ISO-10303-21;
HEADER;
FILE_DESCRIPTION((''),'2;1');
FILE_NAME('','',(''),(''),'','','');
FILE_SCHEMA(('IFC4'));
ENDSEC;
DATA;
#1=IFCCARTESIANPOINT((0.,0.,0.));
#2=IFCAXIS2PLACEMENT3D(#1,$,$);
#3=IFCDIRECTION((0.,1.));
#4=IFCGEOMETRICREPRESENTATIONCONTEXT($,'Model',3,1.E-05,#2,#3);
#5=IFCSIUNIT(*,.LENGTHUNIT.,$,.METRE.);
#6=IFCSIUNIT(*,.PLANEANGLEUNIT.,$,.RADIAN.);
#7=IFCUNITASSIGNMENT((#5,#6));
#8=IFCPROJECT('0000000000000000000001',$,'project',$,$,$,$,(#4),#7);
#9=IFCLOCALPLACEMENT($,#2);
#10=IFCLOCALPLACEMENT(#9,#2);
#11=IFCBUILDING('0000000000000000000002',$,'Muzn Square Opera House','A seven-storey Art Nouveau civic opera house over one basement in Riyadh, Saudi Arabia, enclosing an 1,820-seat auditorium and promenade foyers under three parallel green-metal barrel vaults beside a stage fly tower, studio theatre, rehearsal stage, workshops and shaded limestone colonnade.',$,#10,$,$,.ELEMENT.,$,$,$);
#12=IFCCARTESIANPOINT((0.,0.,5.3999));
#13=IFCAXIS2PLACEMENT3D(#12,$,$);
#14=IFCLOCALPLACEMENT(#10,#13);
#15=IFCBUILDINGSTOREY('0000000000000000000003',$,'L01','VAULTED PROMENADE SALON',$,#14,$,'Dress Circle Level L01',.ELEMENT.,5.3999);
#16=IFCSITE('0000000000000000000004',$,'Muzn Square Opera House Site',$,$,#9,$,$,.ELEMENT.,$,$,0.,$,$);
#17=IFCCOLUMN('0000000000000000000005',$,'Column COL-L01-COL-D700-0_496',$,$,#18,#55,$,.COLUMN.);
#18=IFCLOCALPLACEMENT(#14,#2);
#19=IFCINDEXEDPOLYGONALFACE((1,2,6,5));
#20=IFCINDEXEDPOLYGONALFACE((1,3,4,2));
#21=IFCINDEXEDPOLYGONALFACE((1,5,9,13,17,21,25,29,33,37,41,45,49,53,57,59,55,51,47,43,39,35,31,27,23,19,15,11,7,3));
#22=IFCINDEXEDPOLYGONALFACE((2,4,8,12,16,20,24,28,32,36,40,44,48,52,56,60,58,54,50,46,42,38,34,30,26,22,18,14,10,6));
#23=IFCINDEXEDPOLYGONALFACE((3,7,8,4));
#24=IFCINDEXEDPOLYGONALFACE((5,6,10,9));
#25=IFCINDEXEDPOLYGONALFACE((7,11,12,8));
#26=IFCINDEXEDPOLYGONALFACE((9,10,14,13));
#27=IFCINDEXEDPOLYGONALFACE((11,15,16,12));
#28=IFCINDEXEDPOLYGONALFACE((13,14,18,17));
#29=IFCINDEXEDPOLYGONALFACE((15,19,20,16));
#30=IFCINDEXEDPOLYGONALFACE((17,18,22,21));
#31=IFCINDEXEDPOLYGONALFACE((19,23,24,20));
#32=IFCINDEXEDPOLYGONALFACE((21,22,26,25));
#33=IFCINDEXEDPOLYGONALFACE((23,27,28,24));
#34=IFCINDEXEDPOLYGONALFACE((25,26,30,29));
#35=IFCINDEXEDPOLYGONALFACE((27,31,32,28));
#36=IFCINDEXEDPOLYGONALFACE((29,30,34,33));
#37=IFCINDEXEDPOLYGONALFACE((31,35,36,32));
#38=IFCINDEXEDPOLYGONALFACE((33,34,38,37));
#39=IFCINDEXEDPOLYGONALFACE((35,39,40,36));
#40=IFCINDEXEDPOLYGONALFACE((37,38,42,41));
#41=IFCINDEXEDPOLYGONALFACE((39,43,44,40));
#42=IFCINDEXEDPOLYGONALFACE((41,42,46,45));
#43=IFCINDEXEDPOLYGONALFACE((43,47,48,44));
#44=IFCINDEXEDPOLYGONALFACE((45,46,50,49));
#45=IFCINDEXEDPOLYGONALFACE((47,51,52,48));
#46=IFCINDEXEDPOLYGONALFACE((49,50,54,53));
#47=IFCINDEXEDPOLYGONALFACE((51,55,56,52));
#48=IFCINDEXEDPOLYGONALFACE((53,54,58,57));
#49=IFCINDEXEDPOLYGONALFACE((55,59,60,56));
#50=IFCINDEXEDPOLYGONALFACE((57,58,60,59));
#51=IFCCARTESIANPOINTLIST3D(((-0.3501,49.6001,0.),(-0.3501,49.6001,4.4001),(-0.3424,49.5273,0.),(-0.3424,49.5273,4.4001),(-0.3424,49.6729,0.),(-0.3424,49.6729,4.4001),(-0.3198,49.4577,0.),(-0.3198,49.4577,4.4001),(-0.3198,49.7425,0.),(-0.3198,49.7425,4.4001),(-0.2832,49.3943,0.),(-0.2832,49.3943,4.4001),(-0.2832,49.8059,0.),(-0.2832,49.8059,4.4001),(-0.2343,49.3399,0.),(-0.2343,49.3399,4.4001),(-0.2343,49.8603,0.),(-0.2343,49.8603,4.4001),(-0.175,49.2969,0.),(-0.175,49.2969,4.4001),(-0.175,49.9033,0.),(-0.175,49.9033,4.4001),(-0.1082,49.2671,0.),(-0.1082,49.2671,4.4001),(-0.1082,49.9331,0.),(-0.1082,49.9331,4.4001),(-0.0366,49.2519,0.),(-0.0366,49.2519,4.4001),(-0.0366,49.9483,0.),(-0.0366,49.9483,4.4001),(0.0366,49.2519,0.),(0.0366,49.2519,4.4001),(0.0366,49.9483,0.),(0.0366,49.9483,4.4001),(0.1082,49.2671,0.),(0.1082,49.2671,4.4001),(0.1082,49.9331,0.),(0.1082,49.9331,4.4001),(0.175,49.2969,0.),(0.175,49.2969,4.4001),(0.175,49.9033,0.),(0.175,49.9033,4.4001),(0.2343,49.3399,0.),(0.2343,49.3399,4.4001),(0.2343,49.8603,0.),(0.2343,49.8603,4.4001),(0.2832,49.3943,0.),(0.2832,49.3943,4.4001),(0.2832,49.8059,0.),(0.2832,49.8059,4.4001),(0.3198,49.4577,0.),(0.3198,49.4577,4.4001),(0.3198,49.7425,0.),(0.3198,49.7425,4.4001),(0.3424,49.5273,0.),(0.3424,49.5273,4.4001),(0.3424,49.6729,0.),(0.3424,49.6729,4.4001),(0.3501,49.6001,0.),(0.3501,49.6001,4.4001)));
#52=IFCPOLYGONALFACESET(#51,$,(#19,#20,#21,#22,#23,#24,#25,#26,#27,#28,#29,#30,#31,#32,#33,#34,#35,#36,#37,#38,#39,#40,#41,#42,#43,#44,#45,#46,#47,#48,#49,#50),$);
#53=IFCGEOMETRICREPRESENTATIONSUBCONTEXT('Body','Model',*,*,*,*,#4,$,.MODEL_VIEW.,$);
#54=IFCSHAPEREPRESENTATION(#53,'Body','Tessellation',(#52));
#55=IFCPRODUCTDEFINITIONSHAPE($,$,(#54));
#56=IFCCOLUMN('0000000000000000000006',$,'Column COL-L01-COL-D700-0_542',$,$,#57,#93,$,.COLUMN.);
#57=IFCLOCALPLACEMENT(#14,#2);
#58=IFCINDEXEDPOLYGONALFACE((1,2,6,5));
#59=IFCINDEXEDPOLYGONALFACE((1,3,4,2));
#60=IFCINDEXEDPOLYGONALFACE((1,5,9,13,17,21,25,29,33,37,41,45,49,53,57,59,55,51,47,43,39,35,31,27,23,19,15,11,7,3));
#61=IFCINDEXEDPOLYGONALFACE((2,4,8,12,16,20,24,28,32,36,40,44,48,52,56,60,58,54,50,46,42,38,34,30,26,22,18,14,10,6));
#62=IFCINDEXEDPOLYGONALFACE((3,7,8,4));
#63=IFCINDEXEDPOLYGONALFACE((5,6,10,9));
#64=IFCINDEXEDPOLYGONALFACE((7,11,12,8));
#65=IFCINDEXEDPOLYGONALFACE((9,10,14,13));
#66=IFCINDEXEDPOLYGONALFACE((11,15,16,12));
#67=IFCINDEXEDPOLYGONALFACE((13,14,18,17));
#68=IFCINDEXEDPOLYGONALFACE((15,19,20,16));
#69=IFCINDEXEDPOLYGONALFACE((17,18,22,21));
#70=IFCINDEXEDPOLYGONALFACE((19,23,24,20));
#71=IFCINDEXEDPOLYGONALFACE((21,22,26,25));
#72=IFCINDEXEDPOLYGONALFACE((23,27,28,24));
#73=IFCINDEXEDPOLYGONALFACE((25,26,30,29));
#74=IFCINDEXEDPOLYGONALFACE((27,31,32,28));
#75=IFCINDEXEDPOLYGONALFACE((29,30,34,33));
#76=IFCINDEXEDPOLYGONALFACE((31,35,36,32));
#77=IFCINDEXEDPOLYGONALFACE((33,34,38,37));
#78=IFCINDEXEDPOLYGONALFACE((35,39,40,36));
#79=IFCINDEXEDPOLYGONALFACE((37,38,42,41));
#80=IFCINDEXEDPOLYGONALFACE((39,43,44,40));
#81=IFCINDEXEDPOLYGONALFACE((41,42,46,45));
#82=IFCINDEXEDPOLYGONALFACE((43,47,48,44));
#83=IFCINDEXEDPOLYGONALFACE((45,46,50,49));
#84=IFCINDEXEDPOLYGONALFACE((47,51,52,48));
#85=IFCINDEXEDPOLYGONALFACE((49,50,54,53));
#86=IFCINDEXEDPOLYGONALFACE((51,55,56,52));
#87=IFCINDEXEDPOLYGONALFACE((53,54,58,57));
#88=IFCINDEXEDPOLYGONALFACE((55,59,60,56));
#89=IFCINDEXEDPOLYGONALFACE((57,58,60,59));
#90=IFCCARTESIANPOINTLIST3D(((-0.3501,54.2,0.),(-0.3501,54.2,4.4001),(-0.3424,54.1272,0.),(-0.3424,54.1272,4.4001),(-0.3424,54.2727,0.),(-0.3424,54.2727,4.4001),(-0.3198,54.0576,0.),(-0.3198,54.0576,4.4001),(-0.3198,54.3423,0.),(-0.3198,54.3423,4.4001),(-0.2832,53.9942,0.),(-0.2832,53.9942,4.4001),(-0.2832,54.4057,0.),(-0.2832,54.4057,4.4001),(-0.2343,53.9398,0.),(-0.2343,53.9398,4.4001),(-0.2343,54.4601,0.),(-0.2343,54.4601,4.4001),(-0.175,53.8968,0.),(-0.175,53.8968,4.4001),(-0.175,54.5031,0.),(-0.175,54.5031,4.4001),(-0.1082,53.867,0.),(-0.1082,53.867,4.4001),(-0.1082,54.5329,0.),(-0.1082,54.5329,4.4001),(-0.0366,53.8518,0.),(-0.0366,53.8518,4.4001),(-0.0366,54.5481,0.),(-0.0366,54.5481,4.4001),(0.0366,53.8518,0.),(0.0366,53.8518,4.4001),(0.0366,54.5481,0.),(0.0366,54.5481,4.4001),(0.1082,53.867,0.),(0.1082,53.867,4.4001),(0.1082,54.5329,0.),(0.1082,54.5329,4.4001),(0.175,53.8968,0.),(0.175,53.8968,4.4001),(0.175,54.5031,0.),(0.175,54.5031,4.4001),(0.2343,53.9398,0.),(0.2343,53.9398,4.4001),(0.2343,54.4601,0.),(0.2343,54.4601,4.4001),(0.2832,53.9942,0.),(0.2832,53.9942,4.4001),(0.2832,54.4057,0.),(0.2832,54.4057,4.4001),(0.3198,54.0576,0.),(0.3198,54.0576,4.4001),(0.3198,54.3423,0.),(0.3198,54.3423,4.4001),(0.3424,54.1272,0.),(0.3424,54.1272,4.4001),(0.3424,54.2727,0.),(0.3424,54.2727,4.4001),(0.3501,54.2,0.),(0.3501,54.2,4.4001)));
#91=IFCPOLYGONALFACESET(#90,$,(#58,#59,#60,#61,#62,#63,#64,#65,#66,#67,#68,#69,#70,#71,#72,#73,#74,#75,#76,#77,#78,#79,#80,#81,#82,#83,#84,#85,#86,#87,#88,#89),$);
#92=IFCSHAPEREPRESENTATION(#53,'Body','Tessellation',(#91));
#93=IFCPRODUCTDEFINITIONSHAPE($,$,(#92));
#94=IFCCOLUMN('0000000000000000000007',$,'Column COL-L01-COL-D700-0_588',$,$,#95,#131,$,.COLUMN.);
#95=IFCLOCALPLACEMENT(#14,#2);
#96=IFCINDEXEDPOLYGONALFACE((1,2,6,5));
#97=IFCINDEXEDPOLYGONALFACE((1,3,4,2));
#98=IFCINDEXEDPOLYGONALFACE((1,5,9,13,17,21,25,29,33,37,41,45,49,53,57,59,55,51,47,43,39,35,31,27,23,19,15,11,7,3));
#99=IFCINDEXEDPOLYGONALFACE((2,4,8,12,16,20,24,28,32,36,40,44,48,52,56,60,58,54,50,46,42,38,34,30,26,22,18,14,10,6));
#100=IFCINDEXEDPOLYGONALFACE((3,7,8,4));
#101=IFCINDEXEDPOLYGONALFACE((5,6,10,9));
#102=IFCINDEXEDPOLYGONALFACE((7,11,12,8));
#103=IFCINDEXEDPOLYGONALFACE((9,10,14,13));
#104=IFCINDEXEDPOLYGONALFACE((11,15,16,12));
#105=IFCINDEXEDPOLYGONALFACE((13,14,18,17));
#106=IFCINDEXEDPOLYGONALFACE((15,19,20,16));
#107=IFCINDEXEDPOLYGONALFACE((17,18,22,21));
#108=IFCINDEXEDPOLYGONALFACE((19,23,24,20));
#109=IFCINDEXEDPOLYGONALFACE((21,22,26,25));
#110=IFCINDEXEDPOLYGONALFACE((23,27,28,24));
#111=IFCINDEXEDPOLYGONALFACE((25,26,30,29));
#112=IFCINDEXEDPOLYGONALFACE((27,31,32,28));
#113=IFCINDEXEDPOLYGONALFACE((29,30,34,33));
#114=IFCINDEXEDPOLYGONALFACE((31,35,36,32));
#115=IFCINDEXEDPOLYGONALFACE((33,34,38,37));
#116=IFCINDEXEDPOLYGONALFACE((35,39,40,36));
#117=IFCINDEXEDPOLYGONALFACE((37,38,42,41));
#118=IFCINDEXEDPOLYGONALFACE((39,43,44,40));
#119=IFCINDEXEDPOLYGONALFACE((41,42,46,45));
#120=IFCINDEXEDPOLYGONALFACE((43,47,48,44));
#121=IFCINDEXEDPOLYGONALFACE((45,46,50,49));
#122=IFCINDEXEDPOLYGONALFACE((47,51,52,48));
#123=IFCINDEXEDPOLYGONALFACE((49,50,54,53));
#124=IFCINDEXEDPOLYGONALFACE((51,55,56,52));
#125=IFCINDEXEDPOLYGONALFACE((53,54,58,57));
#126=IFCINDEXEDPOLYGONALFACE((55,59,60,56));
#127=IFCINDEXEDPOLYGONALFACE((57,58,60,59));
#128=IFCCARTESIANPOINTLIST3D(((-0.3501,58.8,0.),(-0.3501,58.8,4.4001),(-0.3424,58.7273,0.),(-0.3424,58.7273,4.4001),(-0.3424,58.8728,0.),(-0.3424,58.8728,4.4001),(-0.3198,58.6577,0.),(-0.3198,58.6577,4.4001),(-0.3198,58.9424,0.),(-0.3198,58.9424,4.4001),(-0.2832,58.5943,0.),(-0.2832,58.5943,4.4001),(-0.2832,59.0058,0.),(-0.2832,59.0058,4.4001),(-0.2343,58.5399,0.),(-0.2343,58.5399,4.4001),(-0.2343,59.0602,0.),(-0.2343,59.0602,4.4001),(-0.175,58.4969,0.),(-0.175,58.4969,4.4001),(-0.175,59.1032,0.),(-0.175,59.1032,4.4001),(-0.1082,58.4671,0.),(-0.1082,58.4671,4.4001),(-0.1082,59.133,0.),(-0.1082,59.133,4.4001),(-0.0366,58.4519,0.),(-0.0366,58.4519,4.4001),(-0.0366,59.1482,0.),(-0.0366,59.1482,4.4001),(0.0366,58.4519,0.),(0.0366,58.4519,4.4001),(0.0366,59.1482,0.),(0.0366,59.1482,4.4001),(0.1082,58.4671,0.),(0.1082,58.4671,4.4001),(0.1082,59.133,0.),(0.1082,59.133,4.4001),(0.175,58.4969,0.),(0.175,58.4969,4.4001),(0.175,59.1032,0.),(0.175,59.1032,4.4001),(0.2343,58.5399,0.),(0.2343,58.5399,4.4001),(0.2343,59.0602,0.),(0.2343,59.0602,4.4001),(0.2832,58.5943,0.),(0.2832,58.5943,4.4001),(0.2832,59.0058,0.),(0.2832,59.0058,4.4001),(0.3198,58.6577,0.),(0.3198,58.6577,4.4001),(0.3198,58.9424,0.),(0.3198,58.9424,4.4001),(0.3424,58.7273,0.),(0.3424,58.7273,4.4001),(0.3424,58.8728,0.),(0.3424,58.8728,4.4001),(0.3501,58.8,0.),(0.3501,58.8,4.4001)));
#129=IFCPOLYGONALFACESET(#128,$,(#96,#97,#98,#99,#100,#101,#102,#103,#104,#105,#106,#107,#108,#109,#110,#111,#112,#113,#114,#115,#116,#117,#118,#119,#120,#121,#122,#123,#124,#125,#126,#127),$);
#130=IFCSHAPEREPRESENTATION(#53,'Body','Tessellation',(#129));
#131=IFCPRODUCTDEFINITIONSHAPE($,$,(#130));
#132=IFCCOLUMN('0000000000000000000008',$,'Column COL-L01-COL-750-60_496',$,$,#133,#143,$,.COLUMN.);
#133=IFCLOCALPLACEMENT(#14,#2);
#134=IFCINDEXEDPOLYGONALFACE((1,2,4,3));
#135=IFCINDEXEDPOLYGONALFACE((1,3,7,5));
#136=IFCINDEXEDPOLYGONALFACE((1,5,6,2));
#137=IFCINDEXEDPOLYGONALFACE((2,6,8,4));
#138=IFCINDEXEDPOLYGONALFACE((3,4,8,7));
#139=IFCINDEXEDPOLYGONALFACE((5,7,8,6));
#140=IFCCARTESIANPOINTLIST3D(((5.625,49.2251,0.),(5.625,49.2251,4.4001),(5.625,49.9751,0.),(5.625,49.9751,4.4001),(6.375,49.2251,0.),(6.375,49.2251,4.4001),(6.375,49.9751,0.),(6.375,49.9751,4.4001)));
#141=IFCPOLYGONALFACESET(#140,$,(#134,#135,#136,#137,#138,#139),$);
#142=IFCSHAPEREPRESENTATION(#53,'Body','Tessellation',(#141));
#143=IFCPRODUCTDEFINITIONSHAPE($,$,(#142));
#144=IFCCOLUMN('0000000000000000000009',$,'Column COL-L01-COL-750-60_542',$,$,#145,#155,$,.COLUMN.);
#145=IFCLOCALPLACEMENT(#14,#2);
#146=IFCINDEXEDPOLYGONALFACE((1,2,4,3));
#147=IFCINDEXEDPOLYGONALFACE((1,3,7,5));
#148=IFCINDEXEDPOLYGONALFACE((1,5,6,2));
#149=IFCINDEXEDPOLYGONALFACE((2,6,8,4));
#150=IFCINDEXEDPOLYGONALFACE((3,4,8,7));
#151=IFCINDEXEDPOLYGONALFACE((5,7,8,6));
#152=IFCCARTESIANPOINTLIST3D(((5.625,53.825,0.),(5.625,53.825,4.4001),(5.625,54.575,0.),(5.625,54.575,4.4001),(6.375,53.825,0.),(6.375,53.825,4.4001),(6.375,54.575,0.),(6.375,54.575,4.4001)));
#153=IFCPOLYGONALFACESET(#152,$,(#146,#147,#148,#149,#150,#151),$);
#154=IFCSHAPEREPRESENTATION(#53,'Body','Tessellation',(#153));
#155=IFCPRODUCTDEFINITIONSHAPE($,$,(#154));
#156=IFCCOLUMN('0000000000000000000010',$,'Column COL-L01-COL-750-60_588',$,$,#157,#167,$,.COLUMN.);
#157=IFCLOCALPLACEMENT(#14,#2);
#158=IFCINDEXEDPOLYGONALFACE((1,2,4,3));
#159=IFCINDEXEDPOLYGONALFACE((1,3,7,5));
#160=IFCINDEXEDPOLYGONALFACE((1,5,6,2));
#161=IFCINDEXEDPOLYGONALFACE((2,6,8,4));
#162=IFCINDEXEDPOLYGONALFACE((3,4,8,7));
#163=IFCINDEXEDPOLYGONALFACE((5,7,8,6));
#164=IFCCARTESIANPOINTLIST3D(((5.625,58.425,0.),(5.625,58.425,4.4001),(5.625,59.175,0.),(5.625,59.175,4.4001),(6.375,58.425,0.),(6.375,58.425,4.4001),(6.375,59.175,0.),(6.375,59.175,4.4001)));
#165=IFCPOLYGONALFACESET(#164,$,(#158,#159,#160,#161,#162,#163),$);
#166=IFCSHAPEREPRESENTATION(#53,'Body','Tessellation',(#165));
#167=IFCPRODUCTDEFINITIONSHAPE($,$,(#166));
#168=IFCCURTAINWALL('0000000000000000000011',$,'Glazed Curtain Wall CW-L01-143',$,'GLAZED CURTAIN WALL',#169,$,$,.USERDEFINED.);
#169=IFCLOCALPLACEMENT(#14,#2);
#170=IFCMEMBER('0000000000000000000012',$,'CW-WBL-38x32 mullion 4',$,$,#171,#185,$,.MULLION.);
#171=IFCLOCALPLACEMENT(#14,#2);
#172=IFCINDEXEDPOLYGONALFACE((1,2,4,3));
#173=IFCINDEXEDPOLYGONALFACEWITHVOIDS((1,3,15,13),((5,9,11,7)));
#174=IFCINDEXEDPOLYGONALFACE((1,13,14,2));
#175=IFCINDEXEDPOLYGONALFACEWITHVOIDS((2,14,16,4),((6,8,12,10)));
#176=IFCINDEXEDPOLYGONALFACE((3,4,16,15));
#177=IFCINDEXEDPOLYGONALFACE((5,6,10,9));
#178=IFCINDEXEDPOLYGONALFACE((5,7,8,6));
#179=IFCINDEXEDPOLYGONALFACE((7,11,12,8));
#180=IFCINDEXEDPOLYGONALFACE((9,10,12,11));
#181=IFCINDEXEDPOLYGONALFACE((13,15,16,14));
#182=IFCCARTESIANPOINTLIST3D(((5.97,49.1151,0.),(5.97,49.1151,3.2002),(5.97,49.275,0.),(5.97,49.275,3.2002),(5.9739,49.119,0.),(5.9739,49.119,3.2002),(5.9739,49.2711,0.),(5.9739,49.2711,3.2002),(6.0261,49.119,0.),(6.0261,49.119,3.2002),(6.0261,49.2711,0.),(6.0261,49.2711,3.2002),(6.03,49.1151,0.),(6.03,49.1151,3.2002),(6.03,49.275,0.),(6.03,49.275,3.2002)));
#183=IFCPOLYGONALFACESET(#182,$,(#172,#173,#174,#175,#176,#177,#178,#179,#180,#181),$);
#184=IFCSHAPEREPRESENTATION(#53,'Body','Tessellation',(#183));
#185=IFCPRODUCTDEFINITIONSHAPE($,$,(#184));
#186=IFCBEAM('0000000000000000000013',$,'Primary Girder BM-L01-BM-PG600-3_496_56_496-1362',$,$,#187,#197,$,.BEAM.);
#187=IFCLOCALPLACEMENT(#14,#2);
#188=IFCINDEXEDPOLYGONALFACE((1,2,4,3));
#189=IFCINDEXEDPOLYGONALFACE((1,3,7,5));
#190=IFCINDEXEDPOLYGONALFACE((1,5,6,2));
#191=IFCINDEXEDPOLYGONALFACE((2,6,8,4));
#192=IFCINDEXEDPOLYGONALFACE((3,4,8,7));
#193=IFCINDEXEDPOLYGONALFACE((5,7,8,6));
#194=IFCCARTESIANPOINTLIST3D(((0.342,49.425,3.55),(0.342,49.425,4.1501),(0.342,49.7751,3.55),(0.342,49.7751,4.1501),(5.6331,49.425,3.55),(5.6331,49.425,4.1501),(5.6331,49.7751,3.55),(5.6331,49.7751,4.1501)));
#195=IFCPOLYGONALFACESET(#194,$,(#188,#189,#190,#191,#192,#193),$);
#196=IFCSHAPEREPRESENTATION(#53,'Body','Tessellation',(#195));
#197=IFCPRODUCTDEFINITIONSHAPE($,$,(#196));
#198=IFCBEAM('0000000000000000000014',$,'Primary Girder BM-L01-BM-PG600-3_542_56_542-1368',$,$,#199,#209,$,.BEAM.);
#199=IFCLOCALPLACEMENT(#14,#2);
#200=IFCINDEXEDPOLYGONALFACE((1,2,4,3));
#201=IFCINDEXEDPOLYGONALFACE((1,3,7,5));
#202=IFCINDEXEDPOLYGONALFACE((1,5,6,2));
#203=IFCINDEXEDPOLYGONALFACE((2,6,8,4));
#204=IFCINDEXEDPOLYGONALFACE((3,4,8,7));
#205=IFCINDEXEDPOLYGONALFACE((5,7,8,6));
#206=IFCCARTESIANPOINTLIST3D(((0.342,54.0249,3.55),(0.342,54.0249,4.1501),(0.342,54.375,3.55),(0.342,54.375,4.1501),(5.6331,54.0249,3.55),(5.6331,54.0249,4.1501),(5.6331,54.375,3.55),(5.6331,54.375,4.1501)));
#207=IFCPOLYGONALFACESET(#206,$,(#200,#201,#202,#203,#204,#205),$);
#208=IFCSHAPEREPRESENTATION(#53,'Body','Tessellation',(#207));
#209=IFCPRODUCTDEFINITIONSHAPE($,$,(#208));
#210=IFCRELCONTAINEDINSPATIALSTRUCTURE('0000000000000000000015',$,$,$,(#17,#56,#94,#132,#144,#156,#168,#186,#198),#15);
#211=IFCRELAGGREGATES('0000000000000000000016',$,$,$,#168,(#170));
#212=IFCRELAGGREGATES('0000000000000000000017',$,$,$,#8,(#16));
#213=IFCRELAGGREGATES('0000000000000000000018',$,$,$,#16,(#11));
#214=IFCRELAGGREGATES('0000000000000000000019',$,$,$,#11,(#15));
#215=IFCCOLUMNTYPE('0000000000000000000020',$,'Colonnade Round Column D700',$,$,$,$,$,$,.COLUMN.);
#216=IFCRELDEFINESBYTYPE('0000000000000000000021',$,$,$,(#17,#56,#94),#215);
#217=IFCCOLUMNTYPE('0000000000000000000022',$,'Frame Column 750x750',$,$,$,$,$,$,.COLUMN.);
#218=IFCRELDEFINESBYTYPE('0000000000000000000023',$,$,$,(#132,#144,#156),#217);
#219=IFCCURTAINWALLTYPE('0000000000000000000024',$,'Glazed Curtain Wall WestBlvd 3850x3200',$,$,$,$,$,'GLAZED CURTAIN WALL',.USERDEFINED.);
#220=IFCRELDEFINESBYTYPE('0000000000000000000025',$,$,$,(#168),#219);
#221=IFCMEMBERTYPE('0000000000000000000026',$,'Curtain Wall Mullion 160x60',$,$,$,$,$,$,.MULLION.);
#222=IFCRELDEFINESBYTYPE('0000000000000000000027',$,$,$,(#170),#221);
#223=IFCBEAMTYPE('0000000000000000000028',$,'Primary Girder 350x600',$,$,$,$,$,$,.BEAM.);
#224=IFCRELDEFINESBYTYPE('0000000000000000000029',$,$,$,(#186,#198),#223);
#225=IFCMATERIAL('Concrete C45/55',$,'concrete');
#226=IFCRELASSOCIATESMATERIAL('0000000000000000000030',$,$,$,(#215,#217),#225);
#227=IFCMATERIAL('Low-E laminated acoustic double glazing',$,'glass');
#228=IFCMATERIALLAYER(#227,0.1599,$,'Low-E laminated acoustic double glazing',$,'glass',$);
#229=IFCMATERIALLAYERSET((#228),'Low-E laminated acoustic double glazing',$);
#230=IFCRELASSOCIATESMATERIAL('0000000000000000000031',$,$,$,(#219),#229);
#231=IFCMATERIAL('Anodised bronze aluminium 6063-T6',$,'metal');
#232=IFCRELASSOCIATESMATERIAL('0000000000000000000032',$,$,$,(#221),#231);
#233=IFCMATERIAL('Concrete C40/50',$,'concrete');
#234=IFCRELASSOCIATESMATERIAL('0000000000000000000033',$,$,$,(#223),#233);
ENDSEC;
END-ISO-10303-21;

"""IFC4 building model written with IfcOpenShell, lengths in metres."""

from ifc_helpers import new_model, si_unit, direction, frame, origin, origin_2d, place, context, subcontext, project, spatial, rectangle, hollow_rectangle, circle, extrude, material, layer, layer_set, material_profile, profile_set, type_object, element, aggregate, save


model = new_model("IFC4")

# Units and contexts
model_context = context("Model", 3, precision=1e-05, world=origin(), true_north=direction((0.0, 1.0)))
body_context = subcontext(model_context, "Body", "Model", "MODEL_VIEW")
ifc_project = project(units=[si_unit("LENGTHUNIT", "METRE"), si_unit("PLANEANGLEUNIT", "RADIAN")], contexts=[model_context])

# Site, building, storey
site_placement = place(None, origin())
site = spatial("IfcSite", under=ifc_project, at=site_placement, Name="Muzn Square Opera House Site", CompositionType="ELEMENT", RefElevation=0.0)
building_placement = place(site_placement, origin())
building = spatial("IfcBuilding", under=site, at=building_placement, Name="Muzn Square Opera House", Description="A seven-storey Art Nouveau civic opera house over one basement in Riyadh, Saudi Arabia, enclosing an 1,820-seat auditorium and promenade foyers under three parallel green-metal barrel vaults beside a stage fly tower, studio theatre, rehearsal stage, workshops and shaded limestone colonnade.", CompositionType="ELEMENT")
storey_placement = place(building_placement, frame((0.0, 0.0, 5.3999)))
storey = spatial("IfcBuildingStorey", under=building, at=storey_placement, Name="L01", Description="VAULTED PROMENADE SALON", LongName="Dress Circle Level L01", CompositionType="ELEMENT", Elevation=5.3999)

# Columns
ifc_material_1 = material(Name="Concrete C45/55", Category="concrete")
ifc_material_profile_1 = material_profile(ifc_material_1, circle(Radius=0.3501, at=origin_2d()), Name="RCC D700", Category="concrete")
ifc_profile_set_1 = profile_set([ifc_material_profile_1], Name="Concrete C45/55")
column_type_1 = type_object("IfcColumnType", Name="Colonnade Round Column D700", PredefinedType="COLUMN", material=ifc_profile_set_1)
for number, where, z_axis, x_axis, name in (
    (1, (0.0, 49.6001, 0.0), (0.0, 0.0, 1.0), (1.0, 0.0, 0.0), "Column COL-L01-COL-D700-0_496"),
    (2, (0.0, 54.2, 0.0), (0.0, 0.0, 1.0), (1.0, 0.0, 0.0), "Column COL-L01-COL-D700-0_542"),
    (3, (0.0, 58.8, 0.0), (0.0, 0.0, 1.0), (1.0, 0.0, 0.0), "Column COL-L01-COL-D700-0_588"),
):
    element("IfcColumn", number, at=place(storey_placement, frame(where, z_axis=z_axis, x_axis=x_axis)), inside=storey, type_object=column_type_1, Name=name, PredefinedType="COLUMN", context=body_context, shape_type="SweptSolid", body=[
        extrude(circle(Radius=0.3501, at=origin_2d()), origin(), (0.0, 0.0, 1.0), 4.4001),
    ])
ifc_material_profile_2 = material_profile(ifc_material_1, rectangle(XDim=0.75, YDim=0.75, at=origin_2d()), Name="RC 750x750", Category="concrete")
ifc_profile_set_2 = profile_set([ifc_material_profile_2], Name="Concrete C45/55")
column_type_2 = type_object("IfcColumnType", Name="Frame Column 750x750", PredefinedType="COLUMN", material=ifc_profile_set_2)
for number, where, z_axis, x_axis, name in (
    (4, (6.0, 49.6001, 0.0), (0.0, 0.0, 1.0), (1.0, 0.0, 0.0), "Column COL-L01-COL-750-60_496"),
    (5, (6.0, 54.2, 0.0), (0.0, 0.0, 1.0), (1.0, 0.0, 0.0), "Column COL-L01-COL-750-60_542"),
    (6, (6.0, 58.8, 0.0), (0.0, 0.0, 1.0), (1.0, 0.0, 0.0), "Column COL-L01-COL-750-60_588"),
):
    element("IfcColumn", number, at=place(storey_placement, frame(where, z_axis=z_axis, x_axis=x_axis)), inside=storey, type_object=column_type_2, Name=name, PredefinedType="COLUMN", context=body_context, shape_type="SweptSolid", body=[
        extrude(rectangle(XDim=0.75, YDim=0.75, at=origin_2d()), origin(), (0.0, 0.0, 1.0), 4.4001),
    ])

# Curtain wall, member
ifc_material_2 = material(Name="Low-E laminated acoustic double glazing", Category="glass")
ifc_layer_1 = layer(ifc_material_2, 0.1599, Name="Low-E laminated acoustic double glazing", Category="glass")
ifc_layer_set_1 = layer_set([ifc_layer_1], Name="Low-E laminated acoustic double glazing")
curtain_wall_type = type_object("IfcCurtainWallType", Name="Glazed Curtain Wall WestBlvd 3850x3200", ElementType="GLAZED CURTAIN WALL", PredefinedType="USERDEFINED", material=ifc_layer_set_1)
curtain_wall_placement = place(storey_placement, origin())
curtain_wall = element("IfcCurtainWall", 7, at=curtain_wall_placement, inside=storey, type_object=curtain_wall_type, Name="Glazed Curtain Wall CW-L01-143", ObjectType="GLAZED CURTAIN WALL", PredefinedType="USERDEFINED")
ifc_material_3 = material(Name="Anodised bronze aluminium 6063-T6", Category="metal")
ifc_material_profile_3 = material_profile(ifc_material_3, hollow_rectangle(XDim=0.0601, YDim=0.1599, WallThickness=0.0039, at=origin_2d()), Name="ALU 160x60x4", Category="metal")
ifc_profile_set_3 = profile_set([ifc_material_profile_3], Name="Anodised bronze aluminium 6063-T6")
member_type = type_object("IfcMemberType", Name="Curtain Wall Mullion 160x60", PredefinedType="MULLION", material=ifc_profile_set_3)
member_placement = place(storey_placement, frame((6.0, 49.1951, 0.0), z_axis=(0.0, 0.0, 1.0), x_axis=(-1.0, 0.0, 0.0)))
member = element("IfcMember", 8, at=member_placement, type_object=member_type, Name="CW-WBL-38x32 mullion 4", PredefinedType="MULLION", context=body_context, shape_type="SweptSolid", body=[
    extrude(hollow_rectangle(XDim=0.0601, YDim=0.1599, WallThickness=0.0039, at=origin_2d()), origin(), (0.0, 0.0, 1.0), 3.2002),
])

# Beams
ifc_material_4 = material(Name="Concrete C40/50", Category="concrete")
ifc_material_profile_4 = material_profile(ifc_material_4, rectangle(XDim=0.3501, YDim=0.6001, at=origin_2d()), Name="RCB 350x600", Category="concrete")
ifc_profile_set_4 = profile_set([ifc_material_profile_4], Name="Concrete C40/50")
beam_type_1 = type_object("IfcBeamType", Name="Primary Girder 350x600", PredefinedType="BEAM", material=ifc_profile_set_4)
for number, where, z_axis, x_axis, name in (
    (9, (0.342, 49.6001, 3.8501), (1.0, 0.0, 0.0), (0.0, 1.0, 0.0), "Primary Girder BM-L01-BM-PG600-3_496_56_496-1362"),
    (10, (0.342, 54.2, 3.8501), (1.0, 0.0, 0.0), (0.0, 1.0, 0.0), "Primary Girder BM-L01-BM-PG600-3_542_56_542-1368"),
):
    element("IfcBeam", number, at=place(storey_placement, frame(where, z_axis=z_axis, x_axis=x_axis)), inside=storey, type_object=beam_type_1, Name=name, PredefinedType="BEAM", context=body_context, shape_type="SweptSolid", body=[
        extrude(rectangle(XDim=0.3501, YDim=0.6001, at=origin_2d()), origin(), (0.0, 0.0, 1.0), 5.291),
    ])

aggregate(curtain_wall, [member])

save(model, "model.ifc")
